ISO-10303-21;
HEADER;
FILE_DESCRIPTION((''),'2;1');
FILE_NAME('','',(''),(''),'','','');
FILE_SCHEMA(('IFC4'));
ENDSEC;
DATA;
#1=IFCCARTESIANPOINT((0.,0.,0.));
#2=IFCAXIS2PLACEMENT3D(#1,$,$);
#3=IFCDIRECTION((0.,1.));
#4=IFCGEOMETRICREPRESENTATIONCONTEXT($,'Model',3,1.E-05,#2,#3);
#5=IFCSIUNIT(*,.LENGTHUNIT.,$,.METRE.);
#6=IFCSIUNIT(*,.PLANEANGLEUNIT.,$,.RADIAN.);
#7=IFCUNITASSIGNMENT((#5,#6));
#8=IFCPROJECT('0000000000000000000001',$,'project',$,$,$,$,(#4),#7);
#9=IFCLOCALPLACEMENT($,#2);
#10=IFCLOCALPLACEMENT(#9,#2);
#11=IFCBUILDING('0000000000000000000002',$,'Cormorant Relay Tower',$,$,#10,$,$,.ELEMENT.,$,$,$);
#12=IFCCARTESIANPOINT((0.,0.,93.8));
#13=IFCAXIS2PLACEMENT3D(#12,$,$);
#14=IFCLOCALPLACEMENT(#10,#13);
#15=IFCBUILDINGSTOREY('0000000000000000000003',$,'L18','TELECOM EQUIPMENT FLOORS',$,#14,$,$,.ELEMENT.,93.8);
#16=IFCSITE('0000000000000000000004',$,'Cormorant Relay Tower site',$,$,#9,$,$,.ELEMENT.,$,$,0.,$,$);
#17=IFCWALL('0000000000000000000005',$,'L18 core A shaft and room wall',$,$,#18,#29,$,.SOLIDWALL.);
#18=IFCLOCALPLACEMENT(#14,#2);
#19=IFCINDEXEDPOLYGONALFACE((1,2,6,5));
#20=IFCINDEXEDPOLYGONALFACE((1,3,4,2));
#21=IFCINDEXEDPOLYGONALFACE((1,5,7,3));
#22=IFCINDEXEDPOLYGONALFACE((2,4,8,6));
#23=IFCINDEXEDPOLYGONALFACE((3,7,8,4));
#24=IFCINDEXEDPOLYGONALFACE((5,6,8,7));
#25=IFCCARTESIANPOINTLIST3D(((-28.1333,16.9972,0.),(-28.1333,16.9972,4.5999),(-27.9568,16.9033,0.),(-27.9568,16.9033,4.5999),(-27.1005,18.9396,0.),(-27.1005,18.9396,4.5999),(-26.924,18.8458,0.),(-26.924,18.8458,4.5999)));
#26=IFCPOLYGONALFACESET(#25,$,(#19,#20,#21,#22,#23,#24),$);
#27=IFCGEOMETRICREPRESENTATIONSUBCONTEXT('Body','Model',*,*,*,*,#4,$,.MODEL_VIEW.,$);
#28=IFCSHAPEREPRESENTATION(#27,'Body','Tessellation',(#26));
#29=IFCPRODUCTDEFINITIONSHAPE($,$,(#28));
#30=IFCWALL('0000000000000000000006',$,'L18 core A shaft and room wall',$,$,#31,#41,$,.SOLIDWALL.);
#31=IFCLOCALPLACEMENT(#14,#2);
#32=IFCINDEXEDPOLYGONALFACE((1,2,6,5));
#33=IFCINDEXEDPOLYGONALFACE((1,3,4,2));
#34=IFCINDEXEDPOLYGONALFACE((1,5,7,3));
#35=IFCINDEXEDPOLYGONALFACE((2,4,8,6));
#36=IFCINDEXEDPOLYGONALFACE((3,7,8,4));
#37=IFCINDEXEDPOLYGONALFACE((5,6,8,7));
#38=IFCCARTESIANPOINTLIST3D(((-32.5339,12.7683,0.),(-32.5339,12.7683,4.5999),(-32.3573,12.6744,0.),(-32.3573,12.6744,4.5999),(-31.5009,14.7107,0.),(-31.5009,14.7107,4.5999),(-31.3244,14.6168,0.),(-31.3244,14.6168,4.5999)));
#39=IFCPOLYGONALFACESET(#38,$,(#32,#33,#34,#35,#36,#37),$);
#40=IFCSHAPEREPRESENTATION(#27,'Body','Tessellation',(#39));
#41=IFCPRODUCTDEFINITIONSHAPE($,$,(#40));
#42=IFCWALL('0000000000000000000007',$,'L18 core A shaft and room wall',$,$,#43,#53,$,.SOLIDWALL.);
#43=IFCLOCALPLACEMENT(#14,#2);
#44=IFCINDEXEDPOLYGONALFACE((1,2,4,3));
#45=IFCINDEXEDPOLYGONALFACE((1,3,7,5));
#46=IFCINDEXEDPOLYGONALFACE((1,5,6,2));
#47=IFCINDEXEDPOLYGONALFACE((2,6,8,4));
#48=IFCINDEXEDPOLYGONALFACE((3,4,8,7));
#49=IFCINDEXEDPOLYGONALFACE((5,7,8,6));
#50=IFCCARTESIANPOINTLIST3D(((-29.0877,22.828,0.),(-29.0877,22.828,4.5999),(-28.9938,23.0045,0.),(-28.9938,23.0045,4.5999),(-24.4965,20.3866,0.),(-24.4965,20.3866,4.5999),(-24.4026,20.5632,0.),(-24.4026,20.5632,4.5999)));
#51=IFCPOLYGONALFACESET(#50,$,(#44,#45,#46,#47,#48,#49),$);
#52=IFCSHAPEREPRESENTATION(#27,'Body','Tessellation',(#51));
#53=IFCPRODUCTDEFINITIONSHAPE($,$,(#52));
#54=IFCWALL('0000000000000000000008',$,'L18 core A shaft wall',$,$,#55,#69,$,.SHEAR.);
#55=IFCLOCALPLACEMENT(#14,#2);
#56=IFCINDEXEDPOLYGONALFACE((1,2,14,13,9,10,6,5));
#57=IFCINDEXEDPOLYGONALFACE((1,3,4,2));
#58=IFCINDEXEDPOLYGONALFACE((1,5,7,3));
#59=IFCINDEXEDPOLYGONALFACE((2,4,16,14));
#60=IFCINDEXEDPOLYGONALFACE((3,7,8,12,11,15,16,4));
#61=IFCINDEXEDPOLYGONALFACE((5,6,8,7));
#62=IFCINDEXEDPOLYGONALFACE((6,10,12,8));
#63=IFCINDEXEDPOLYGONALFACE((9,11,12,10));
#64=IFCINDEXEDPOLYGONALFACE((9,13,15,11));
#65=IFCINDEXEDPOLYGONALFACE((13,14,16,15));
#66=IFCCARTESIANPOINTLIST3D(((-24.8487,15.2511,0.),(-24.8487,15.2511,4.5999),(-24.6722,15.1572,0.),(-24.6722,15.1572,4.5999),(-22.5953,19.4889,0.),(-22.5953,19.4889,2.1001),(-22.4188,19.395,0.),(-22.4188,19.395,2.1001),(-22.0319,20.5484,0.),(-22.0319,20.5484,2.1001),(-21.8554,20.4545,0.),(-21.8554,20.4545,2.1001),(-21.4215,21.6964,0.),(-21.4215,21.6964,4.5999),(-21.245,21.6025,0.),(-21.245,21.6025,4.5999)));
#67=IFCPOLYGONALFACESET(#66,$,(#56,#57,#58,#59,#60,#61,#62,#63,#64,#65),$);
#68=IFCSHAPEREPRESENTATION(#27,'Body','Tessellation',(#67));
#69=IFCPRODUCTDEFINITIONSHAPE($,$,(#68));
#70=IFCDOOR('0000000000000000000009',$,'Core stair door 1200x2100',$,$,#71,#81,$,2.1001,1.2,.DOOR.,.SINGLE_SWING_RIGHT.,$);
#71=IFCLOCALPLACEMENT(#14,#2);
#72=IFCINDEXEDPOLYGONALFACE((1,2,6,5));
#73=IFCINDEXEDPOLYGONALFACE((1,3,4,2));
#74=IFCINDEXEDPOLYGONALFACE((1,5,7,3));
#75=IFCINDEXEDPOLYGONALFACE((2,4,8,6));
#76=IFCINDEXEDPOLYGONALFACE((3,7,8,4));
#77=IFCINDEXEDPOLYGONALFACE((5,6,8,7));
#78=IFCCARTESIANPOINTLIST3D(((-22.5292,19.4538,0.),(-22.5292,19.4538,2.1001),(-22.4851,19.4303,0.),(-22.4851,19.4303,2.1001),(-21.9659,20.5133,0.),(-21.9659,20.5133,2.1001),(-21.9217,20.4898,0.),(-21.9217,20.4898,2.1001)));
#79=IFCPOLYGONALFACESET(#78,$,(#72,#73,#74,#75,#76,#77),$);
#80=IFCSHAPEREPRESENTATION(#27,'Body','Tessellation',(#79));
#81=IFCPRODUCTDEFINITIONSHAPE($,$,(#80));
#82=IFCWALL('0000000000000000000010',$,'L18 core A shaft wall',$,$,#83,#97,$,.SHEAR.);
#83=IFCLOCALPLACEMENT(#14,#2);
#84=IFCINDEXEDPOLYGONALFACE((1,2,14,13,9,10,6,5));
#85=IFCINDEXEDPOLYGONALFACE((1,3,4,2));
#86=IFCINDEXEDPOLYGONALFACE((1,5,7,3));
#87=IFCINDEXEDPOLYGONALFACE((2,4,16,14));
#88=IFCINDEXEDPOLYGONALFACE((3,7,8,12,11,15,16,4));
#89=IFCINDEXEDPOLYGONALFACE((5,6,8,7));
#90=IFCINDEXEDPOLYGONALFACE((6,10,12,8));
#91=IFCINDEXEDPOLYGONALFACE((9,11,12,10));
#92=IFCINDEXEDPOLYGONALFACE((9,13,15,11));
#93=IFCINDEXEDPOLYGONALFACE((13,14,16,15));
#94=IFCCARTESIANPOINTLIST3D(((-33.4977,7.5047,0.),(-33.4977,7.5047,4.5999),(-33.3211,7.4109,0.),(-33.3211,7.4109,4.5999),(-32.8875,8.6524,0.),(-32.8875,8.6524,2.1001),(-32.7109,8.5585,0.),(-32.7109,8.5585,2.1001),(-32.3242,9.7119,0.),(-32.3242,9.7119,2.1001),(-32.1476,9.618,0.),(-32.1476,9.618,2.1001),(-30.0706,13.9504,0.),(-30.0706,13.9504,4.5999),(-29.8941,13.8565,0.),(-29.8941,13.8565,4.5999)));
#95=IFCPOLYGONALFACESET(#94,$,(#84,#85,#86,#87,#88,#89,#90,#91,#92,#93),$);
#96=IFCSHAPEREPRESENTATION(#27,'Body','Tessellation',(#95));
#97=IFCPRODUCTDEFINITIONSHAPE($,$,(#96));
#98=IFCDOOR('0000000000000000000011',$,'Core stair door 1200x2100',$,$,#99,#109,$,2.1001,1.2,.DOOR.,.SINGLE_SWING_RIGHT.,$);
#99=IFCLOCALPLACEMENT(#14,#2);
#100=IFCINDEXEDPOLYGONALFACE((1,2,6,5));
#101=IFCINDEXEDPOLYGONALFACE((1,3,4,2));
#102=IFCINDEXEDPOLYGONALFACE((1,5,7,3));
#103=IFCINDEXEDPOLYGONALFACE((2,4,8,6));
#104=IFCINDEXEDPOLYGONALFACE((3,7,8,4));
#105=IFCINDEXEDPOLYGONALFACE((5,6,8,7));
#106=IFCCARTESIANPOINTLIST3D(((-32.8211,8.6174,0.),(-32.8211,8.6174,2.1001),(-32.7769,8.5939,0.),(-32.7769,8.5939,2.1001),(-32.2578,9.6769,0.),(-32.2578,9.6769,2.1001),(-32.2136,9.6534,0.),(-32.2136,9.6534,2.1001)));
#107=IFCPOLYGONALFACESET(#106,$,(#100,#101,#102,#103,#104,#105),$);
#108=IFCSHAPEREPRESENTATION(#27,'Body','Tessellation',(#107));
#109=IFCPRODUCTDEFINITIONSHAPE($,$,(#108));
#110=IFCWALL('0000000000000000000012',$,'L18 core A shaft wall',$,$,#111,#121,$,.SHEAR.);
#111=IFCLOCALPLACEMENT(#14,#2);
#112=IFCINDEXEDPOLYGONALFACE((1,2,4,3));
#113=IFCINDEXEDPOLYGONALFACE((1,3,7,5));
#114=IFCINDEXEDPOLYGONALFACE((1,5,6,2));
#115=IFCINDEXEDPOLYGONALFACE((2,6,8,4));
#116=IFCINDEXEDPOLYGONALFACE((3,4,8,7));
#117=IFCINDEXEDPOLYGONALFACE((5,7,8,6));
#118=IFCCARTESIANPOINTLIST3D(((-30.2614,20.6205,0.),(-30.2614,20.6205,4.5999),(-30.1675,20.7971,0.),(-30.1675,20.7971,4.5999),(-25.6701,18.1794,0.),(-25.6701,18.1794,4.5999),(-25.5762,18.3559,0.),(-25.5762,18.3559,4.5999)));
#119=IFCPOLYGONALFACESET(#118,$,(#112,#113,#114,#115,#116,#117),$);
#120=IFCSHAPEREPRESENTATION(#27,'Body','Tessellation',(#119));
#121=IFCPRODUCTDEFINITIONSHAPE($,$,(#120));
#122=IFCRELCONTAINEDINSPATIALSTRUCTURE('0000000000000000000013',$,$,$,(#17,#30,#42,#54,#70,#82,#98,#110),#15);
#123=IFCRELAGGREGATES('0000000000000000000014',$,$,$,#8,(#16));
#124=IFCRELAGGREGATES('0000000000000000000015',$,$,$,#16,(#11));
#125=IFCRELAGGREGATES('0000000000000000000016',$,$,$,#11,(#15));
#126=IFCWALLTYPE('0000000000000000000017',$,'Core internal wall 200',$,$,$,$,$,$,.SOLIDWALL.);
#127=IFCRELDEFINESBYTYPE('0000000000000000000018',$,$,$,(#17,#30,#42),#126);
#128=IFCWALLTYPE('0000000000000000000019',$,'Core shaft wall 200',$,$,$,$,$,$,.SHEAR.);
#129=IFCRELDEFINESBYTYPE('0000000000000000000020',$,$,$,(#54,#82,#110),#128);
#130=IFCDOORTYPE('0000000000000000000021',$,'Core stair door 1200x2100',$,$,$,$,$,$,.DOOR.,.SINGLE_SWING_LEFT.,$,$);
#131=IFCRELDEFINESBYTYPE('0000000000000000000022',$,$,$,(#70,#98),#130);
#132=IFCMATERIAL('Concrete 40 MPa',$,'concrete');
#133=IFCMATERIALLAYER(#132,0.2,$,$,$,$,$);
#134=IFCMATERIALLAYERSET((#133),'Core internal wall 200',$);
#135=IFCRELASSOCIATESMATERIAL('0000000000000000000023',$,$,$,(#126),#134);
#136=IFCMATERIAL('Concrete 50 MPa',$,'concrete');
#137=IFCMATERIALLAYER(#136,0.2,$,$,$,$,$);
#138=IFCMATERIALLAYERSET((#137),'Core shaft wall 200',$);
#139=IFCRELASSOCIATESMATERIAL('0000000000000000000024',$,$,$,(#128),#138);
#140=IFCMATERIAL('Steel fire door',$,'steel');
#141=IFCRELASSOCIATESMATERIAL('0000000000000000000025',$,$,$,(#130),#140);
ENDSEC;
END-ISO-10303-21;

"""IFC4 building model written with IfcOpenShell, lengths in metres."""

from ifc_helpers import new_model, si_unit, direction, frame, frame_2d, origin, place, context, subcontext, project, spatial, rectangle, extrude, material, layer, layer_set, type_object, element, fill, save


model = new_model("IFC4")

# Units and contexts
model_context = context("Model", 3, precision=1e-05, world=origin(), true_north=direction((0.0, 1.0)))
body_context = subcontext(model_context, "Body", "Model", "MODEL_VIEW")
ifc_project = project(units=[si_unit("LENGTHUNIT", "METRE"), si_unit("PLANEANGLEUNIT", "RADIAN")], contexts=[model_context])

# Site, building, storey
site_placement = place(None, origin())
site = spatial("IfcSite", under=ifc_project, at=site_placement, Name="Cormorant Relay Tower site", CompositionType="ELEMENT", RefElevation=0.0)
building_placement = place(site_placement, origin())
building = spatial("IfcBuilding", under=site, at=building_placement, Name="Cormorant Relay Tower", CompositionType="ELEMENT")
storey_placement = place(building_placement, frame((0.0, 0.0, 93.8)))
storey = spatial("IfcBuildingStorey", under=building, at=storey_placement, Name="L18", Description="TELECOM EQUIPMENT FLOORS", CompositionType="ELEMENT", Elevation=93.8)

# Walls
ifc_material_1 = material(Name="Concrete 40 MPa", Category="concrete")
ifc_layer_1 = layer(ifc_material_1, 0.2)
ifc_layer_set_1 = layer_set([ifc_layer_1], Name="Core internal wall 200")
wall_type_1 = type_object("IfcWallType", Name="Core internal wall 200", PredefinedType="SOLIDWALL", material=ifc_layer_set_1)
for number, where, z_axis, x_axis, name in (
    (1, (-27.0122, 18.8928, 0.0), (0.0, 0.0, 1.0), (-0.469447, -0.88296, 0.0), "L18 core A shaft and room wall"),
    (2, (-31.4126, 14.6638, 0.0), (0.0, 0.0, 1.0), (-0.469534, -0.882914, 0.0), "L18 core A shaft and room wall"),
):
    element("IfcWall", number, at=place(storey_placement, frame(where, z_axis=z_axis, x_axis=x_axis)), inside=storey, type_object=wall_type_1, Name=name, PredefinedType="SOLIDWALL", context=body_context, shape_type="SweptSolid", body=[
        extrude(rectangle(XDim=2.2, YDim=0.2, at=frame_2d((1.1001, 0.0))), origin(), (0.0, 0.0, 1.0), 4.5999),
    ])
wall_1_placement = place(storey_placement, frame((-24.4495, 20.4749, 0.0), z_axis=(0.0, 0.0, 1.0), x_axis=(-0.882935, 0.469496, 0.0)))
element("IfcWall", 3, at=wall_1_placement, inside=storey, type_object=wall_type_1, Name="L18 core A shaft and room wall", PredefinedType="SOLIDWALL", context=body_context, shape_type="SweptSolid", body=[
    extrude(rectangle(XDim=5.2, YDim=0.2, at=frame_2d((2.6001, 0.0))), origin(), (0.0, 0.0, 1.0), 4.5999),
])

# Walls, openings, doors
ifc_material_2 = material(Name="Concrete 50 MPa", Category="concrete")
ifc_layer_2 = layer(ifc_material_2, 0.2)
ifc_layer_set_2 = layer_set([ifc_layer_2], Name="Core shaft wall 200")
wall_type_2 = type_object("IfcWallType", Name="Core shaft wall 200", PredefinedType="SHEAR", material=ifc_layer_set_2)
wall_2_placement = place(storey_placement, frame((-21.3333, 21.6494, 0.0), z_axis=(0.0, 0.0, 1.0), x_axis=(-0.469494, -0.882936, 0.0)))
wall_2 = element("IfcWall", 4, at=wall_2_placement, inside=storey, type_object=wall_type_2, Name="L18 core A shaft wall", PredefinedType="SHEAR", context=body_context, shape_type="SweptSolid", body=[
    extrude(rectangle(XDim=7.2998, YDim=0.2, at=frame_2d((3.6499, 0.0))), origin(), (0.0, 0.0, 1.0), 4.5999),
])
opening_1_placement = place(wall_2_placement, frame((1.3, 0.0, 0.0)))
opening_1 = element("IfcOpeningElement", 5, at=opening_1_placement, cuts=wall_2, PredefinedType="OPENING", context=body_context, shape_type="SweptSolid", body=[
    extrude(rectangle(XDim=1.2, YDim=2.1001, at=frame_2d((0.6001, 1.05))), frame((0.0, 0.1099, 0.0), z_axis=(0.0, -1.0, 0.0), x_axis=(1.0, 0.0, 0.0)), (0.0, 0.0, 1.0), 0.22),
])
ifc_material_3 = material(Name="Steel fire door", Category="steel")
door_type_1 = type_object("IfcDoorType", Name="Core stair door 1200x2100", OperationType="SINGLE_SWING_LEFT", PredefinedType="DOOR", material=ifc_material_3)
door_1_placement = place(opening_1_placement, origin())
door_1 = element("IfcDoor", 6, at=door_1_placement, inside=storey, type_object=door_type_1, Name="Core stair door 1200x2100", OperationType="SINGLE_SWING_RIGHT", OverallHeight=2.1001, OverallWidth=1.2, PredefinedType="DOOR", context=body_context, shape_type="SweptSolid", body=[
    extrude(rectangle(XDim=1.2, YDim=2.1001, at=frame_2d((0.6001, 1.05))), frame((0.0, 0.0249, 0.0), z_axis=(0.0, -1.0, 0.0), x_axis=(1.0, 0.0, 0.0)), (0.0, 0.0, 1.0), 0.05),
])
fill(opening_1, door_1)
wall_3_placement = place(storey_placement, frame((-29.9824, 13.9033, 0.0), z_axis=(0.0, 0.0, 1.0), x_axis=(-0.469454, -0.882957, 0.0)))
wall_3 = element("IfcWall", 7, at=wall_3_placement, inside=storey, type_object=wall_type_2, Name="L18 core A shaft wall", PredefinedType="SHEAR", context=body_context, shape_type="SweptSolid", body=[
    extrude(rectangle(XDim=7.3, YDim=0.2, at=frame_2d((3.6499, 0.0))), origin(), (0.0, 0.0, 1.0), 4.5999),
])
opening_2_placement = place(wall_3_placement, frame((4.8, 0.0, 0.0)))
opening_2 = element("IfcOpeningElement", 8, at=opening_2_placement, cuts=wall_3, PredefinedType="OPENING", context=body_context, shape_type="SweptSolid", body=[
    extrude(rectangle(XDim=1.2, YDim=2.1001, at=frame_2d((0.6001, 1.05))), frame((0.0, 0.1099, 0.0), z_axis=(0.0, -1.0, 0.0), x_axis=(1.0, 0.0, 0.0)), (0.0, 0.0, 1.0), 0.22),
])
door_2_placement = place(opening_2_placement, frame((1.2, 0.0, 0.0), z_axis=(0.0, 0.0, 1.0), x_axis=(-1.0, 0.0, 0.0)))
door_2 = element("IfcDoor", 9, at=door_2_placement, inside=storey, type_object=door_type_1, Name="Core stair door 1200x2100", OperationType="SINGLE_SWING_RIGHT", OverallHeight=2.1001, OverallWidth=1.2, PredefinedType="DOOR", context=body_context, shape_type="SweptSolid", body=[
    extrude(rectangle(XDim=1.2, YDim=2.1001, at=frame_2d((0.6001, 1.05))), frame((0.0, 0.0249, 0.0), z_axis=(0.0, -1.0, 0.0), x_axis=(1.0, 0.0, 0.0)), (0.0, 0.0, 1.0), 0.05),
])
fill(opening_2, door_2)

# Wall
wall_4_placement = place(storey_placement, frame((-25.623, 18.2676, 0.0), z_axis=(0.0, 0.0, 1.0), x_axis=(-0.882954, 0.46946, 0.0)))
element("IfcWall", 10, at=wall_4_placement, inside=storey, type_object=wall_type_2, Name="L18 core A shaft wall", PredefinedType="SHEAR", context=body_context, shape_type="SweptSolid", body=[
    extrude(rectangle(XDim=5.2, YDim=0.2, at=frame_2d((2.6001, 0.0))), origin(), (0.0, 0.0, 1.0), 4.5999),
])

save(model, "model.ifc")
